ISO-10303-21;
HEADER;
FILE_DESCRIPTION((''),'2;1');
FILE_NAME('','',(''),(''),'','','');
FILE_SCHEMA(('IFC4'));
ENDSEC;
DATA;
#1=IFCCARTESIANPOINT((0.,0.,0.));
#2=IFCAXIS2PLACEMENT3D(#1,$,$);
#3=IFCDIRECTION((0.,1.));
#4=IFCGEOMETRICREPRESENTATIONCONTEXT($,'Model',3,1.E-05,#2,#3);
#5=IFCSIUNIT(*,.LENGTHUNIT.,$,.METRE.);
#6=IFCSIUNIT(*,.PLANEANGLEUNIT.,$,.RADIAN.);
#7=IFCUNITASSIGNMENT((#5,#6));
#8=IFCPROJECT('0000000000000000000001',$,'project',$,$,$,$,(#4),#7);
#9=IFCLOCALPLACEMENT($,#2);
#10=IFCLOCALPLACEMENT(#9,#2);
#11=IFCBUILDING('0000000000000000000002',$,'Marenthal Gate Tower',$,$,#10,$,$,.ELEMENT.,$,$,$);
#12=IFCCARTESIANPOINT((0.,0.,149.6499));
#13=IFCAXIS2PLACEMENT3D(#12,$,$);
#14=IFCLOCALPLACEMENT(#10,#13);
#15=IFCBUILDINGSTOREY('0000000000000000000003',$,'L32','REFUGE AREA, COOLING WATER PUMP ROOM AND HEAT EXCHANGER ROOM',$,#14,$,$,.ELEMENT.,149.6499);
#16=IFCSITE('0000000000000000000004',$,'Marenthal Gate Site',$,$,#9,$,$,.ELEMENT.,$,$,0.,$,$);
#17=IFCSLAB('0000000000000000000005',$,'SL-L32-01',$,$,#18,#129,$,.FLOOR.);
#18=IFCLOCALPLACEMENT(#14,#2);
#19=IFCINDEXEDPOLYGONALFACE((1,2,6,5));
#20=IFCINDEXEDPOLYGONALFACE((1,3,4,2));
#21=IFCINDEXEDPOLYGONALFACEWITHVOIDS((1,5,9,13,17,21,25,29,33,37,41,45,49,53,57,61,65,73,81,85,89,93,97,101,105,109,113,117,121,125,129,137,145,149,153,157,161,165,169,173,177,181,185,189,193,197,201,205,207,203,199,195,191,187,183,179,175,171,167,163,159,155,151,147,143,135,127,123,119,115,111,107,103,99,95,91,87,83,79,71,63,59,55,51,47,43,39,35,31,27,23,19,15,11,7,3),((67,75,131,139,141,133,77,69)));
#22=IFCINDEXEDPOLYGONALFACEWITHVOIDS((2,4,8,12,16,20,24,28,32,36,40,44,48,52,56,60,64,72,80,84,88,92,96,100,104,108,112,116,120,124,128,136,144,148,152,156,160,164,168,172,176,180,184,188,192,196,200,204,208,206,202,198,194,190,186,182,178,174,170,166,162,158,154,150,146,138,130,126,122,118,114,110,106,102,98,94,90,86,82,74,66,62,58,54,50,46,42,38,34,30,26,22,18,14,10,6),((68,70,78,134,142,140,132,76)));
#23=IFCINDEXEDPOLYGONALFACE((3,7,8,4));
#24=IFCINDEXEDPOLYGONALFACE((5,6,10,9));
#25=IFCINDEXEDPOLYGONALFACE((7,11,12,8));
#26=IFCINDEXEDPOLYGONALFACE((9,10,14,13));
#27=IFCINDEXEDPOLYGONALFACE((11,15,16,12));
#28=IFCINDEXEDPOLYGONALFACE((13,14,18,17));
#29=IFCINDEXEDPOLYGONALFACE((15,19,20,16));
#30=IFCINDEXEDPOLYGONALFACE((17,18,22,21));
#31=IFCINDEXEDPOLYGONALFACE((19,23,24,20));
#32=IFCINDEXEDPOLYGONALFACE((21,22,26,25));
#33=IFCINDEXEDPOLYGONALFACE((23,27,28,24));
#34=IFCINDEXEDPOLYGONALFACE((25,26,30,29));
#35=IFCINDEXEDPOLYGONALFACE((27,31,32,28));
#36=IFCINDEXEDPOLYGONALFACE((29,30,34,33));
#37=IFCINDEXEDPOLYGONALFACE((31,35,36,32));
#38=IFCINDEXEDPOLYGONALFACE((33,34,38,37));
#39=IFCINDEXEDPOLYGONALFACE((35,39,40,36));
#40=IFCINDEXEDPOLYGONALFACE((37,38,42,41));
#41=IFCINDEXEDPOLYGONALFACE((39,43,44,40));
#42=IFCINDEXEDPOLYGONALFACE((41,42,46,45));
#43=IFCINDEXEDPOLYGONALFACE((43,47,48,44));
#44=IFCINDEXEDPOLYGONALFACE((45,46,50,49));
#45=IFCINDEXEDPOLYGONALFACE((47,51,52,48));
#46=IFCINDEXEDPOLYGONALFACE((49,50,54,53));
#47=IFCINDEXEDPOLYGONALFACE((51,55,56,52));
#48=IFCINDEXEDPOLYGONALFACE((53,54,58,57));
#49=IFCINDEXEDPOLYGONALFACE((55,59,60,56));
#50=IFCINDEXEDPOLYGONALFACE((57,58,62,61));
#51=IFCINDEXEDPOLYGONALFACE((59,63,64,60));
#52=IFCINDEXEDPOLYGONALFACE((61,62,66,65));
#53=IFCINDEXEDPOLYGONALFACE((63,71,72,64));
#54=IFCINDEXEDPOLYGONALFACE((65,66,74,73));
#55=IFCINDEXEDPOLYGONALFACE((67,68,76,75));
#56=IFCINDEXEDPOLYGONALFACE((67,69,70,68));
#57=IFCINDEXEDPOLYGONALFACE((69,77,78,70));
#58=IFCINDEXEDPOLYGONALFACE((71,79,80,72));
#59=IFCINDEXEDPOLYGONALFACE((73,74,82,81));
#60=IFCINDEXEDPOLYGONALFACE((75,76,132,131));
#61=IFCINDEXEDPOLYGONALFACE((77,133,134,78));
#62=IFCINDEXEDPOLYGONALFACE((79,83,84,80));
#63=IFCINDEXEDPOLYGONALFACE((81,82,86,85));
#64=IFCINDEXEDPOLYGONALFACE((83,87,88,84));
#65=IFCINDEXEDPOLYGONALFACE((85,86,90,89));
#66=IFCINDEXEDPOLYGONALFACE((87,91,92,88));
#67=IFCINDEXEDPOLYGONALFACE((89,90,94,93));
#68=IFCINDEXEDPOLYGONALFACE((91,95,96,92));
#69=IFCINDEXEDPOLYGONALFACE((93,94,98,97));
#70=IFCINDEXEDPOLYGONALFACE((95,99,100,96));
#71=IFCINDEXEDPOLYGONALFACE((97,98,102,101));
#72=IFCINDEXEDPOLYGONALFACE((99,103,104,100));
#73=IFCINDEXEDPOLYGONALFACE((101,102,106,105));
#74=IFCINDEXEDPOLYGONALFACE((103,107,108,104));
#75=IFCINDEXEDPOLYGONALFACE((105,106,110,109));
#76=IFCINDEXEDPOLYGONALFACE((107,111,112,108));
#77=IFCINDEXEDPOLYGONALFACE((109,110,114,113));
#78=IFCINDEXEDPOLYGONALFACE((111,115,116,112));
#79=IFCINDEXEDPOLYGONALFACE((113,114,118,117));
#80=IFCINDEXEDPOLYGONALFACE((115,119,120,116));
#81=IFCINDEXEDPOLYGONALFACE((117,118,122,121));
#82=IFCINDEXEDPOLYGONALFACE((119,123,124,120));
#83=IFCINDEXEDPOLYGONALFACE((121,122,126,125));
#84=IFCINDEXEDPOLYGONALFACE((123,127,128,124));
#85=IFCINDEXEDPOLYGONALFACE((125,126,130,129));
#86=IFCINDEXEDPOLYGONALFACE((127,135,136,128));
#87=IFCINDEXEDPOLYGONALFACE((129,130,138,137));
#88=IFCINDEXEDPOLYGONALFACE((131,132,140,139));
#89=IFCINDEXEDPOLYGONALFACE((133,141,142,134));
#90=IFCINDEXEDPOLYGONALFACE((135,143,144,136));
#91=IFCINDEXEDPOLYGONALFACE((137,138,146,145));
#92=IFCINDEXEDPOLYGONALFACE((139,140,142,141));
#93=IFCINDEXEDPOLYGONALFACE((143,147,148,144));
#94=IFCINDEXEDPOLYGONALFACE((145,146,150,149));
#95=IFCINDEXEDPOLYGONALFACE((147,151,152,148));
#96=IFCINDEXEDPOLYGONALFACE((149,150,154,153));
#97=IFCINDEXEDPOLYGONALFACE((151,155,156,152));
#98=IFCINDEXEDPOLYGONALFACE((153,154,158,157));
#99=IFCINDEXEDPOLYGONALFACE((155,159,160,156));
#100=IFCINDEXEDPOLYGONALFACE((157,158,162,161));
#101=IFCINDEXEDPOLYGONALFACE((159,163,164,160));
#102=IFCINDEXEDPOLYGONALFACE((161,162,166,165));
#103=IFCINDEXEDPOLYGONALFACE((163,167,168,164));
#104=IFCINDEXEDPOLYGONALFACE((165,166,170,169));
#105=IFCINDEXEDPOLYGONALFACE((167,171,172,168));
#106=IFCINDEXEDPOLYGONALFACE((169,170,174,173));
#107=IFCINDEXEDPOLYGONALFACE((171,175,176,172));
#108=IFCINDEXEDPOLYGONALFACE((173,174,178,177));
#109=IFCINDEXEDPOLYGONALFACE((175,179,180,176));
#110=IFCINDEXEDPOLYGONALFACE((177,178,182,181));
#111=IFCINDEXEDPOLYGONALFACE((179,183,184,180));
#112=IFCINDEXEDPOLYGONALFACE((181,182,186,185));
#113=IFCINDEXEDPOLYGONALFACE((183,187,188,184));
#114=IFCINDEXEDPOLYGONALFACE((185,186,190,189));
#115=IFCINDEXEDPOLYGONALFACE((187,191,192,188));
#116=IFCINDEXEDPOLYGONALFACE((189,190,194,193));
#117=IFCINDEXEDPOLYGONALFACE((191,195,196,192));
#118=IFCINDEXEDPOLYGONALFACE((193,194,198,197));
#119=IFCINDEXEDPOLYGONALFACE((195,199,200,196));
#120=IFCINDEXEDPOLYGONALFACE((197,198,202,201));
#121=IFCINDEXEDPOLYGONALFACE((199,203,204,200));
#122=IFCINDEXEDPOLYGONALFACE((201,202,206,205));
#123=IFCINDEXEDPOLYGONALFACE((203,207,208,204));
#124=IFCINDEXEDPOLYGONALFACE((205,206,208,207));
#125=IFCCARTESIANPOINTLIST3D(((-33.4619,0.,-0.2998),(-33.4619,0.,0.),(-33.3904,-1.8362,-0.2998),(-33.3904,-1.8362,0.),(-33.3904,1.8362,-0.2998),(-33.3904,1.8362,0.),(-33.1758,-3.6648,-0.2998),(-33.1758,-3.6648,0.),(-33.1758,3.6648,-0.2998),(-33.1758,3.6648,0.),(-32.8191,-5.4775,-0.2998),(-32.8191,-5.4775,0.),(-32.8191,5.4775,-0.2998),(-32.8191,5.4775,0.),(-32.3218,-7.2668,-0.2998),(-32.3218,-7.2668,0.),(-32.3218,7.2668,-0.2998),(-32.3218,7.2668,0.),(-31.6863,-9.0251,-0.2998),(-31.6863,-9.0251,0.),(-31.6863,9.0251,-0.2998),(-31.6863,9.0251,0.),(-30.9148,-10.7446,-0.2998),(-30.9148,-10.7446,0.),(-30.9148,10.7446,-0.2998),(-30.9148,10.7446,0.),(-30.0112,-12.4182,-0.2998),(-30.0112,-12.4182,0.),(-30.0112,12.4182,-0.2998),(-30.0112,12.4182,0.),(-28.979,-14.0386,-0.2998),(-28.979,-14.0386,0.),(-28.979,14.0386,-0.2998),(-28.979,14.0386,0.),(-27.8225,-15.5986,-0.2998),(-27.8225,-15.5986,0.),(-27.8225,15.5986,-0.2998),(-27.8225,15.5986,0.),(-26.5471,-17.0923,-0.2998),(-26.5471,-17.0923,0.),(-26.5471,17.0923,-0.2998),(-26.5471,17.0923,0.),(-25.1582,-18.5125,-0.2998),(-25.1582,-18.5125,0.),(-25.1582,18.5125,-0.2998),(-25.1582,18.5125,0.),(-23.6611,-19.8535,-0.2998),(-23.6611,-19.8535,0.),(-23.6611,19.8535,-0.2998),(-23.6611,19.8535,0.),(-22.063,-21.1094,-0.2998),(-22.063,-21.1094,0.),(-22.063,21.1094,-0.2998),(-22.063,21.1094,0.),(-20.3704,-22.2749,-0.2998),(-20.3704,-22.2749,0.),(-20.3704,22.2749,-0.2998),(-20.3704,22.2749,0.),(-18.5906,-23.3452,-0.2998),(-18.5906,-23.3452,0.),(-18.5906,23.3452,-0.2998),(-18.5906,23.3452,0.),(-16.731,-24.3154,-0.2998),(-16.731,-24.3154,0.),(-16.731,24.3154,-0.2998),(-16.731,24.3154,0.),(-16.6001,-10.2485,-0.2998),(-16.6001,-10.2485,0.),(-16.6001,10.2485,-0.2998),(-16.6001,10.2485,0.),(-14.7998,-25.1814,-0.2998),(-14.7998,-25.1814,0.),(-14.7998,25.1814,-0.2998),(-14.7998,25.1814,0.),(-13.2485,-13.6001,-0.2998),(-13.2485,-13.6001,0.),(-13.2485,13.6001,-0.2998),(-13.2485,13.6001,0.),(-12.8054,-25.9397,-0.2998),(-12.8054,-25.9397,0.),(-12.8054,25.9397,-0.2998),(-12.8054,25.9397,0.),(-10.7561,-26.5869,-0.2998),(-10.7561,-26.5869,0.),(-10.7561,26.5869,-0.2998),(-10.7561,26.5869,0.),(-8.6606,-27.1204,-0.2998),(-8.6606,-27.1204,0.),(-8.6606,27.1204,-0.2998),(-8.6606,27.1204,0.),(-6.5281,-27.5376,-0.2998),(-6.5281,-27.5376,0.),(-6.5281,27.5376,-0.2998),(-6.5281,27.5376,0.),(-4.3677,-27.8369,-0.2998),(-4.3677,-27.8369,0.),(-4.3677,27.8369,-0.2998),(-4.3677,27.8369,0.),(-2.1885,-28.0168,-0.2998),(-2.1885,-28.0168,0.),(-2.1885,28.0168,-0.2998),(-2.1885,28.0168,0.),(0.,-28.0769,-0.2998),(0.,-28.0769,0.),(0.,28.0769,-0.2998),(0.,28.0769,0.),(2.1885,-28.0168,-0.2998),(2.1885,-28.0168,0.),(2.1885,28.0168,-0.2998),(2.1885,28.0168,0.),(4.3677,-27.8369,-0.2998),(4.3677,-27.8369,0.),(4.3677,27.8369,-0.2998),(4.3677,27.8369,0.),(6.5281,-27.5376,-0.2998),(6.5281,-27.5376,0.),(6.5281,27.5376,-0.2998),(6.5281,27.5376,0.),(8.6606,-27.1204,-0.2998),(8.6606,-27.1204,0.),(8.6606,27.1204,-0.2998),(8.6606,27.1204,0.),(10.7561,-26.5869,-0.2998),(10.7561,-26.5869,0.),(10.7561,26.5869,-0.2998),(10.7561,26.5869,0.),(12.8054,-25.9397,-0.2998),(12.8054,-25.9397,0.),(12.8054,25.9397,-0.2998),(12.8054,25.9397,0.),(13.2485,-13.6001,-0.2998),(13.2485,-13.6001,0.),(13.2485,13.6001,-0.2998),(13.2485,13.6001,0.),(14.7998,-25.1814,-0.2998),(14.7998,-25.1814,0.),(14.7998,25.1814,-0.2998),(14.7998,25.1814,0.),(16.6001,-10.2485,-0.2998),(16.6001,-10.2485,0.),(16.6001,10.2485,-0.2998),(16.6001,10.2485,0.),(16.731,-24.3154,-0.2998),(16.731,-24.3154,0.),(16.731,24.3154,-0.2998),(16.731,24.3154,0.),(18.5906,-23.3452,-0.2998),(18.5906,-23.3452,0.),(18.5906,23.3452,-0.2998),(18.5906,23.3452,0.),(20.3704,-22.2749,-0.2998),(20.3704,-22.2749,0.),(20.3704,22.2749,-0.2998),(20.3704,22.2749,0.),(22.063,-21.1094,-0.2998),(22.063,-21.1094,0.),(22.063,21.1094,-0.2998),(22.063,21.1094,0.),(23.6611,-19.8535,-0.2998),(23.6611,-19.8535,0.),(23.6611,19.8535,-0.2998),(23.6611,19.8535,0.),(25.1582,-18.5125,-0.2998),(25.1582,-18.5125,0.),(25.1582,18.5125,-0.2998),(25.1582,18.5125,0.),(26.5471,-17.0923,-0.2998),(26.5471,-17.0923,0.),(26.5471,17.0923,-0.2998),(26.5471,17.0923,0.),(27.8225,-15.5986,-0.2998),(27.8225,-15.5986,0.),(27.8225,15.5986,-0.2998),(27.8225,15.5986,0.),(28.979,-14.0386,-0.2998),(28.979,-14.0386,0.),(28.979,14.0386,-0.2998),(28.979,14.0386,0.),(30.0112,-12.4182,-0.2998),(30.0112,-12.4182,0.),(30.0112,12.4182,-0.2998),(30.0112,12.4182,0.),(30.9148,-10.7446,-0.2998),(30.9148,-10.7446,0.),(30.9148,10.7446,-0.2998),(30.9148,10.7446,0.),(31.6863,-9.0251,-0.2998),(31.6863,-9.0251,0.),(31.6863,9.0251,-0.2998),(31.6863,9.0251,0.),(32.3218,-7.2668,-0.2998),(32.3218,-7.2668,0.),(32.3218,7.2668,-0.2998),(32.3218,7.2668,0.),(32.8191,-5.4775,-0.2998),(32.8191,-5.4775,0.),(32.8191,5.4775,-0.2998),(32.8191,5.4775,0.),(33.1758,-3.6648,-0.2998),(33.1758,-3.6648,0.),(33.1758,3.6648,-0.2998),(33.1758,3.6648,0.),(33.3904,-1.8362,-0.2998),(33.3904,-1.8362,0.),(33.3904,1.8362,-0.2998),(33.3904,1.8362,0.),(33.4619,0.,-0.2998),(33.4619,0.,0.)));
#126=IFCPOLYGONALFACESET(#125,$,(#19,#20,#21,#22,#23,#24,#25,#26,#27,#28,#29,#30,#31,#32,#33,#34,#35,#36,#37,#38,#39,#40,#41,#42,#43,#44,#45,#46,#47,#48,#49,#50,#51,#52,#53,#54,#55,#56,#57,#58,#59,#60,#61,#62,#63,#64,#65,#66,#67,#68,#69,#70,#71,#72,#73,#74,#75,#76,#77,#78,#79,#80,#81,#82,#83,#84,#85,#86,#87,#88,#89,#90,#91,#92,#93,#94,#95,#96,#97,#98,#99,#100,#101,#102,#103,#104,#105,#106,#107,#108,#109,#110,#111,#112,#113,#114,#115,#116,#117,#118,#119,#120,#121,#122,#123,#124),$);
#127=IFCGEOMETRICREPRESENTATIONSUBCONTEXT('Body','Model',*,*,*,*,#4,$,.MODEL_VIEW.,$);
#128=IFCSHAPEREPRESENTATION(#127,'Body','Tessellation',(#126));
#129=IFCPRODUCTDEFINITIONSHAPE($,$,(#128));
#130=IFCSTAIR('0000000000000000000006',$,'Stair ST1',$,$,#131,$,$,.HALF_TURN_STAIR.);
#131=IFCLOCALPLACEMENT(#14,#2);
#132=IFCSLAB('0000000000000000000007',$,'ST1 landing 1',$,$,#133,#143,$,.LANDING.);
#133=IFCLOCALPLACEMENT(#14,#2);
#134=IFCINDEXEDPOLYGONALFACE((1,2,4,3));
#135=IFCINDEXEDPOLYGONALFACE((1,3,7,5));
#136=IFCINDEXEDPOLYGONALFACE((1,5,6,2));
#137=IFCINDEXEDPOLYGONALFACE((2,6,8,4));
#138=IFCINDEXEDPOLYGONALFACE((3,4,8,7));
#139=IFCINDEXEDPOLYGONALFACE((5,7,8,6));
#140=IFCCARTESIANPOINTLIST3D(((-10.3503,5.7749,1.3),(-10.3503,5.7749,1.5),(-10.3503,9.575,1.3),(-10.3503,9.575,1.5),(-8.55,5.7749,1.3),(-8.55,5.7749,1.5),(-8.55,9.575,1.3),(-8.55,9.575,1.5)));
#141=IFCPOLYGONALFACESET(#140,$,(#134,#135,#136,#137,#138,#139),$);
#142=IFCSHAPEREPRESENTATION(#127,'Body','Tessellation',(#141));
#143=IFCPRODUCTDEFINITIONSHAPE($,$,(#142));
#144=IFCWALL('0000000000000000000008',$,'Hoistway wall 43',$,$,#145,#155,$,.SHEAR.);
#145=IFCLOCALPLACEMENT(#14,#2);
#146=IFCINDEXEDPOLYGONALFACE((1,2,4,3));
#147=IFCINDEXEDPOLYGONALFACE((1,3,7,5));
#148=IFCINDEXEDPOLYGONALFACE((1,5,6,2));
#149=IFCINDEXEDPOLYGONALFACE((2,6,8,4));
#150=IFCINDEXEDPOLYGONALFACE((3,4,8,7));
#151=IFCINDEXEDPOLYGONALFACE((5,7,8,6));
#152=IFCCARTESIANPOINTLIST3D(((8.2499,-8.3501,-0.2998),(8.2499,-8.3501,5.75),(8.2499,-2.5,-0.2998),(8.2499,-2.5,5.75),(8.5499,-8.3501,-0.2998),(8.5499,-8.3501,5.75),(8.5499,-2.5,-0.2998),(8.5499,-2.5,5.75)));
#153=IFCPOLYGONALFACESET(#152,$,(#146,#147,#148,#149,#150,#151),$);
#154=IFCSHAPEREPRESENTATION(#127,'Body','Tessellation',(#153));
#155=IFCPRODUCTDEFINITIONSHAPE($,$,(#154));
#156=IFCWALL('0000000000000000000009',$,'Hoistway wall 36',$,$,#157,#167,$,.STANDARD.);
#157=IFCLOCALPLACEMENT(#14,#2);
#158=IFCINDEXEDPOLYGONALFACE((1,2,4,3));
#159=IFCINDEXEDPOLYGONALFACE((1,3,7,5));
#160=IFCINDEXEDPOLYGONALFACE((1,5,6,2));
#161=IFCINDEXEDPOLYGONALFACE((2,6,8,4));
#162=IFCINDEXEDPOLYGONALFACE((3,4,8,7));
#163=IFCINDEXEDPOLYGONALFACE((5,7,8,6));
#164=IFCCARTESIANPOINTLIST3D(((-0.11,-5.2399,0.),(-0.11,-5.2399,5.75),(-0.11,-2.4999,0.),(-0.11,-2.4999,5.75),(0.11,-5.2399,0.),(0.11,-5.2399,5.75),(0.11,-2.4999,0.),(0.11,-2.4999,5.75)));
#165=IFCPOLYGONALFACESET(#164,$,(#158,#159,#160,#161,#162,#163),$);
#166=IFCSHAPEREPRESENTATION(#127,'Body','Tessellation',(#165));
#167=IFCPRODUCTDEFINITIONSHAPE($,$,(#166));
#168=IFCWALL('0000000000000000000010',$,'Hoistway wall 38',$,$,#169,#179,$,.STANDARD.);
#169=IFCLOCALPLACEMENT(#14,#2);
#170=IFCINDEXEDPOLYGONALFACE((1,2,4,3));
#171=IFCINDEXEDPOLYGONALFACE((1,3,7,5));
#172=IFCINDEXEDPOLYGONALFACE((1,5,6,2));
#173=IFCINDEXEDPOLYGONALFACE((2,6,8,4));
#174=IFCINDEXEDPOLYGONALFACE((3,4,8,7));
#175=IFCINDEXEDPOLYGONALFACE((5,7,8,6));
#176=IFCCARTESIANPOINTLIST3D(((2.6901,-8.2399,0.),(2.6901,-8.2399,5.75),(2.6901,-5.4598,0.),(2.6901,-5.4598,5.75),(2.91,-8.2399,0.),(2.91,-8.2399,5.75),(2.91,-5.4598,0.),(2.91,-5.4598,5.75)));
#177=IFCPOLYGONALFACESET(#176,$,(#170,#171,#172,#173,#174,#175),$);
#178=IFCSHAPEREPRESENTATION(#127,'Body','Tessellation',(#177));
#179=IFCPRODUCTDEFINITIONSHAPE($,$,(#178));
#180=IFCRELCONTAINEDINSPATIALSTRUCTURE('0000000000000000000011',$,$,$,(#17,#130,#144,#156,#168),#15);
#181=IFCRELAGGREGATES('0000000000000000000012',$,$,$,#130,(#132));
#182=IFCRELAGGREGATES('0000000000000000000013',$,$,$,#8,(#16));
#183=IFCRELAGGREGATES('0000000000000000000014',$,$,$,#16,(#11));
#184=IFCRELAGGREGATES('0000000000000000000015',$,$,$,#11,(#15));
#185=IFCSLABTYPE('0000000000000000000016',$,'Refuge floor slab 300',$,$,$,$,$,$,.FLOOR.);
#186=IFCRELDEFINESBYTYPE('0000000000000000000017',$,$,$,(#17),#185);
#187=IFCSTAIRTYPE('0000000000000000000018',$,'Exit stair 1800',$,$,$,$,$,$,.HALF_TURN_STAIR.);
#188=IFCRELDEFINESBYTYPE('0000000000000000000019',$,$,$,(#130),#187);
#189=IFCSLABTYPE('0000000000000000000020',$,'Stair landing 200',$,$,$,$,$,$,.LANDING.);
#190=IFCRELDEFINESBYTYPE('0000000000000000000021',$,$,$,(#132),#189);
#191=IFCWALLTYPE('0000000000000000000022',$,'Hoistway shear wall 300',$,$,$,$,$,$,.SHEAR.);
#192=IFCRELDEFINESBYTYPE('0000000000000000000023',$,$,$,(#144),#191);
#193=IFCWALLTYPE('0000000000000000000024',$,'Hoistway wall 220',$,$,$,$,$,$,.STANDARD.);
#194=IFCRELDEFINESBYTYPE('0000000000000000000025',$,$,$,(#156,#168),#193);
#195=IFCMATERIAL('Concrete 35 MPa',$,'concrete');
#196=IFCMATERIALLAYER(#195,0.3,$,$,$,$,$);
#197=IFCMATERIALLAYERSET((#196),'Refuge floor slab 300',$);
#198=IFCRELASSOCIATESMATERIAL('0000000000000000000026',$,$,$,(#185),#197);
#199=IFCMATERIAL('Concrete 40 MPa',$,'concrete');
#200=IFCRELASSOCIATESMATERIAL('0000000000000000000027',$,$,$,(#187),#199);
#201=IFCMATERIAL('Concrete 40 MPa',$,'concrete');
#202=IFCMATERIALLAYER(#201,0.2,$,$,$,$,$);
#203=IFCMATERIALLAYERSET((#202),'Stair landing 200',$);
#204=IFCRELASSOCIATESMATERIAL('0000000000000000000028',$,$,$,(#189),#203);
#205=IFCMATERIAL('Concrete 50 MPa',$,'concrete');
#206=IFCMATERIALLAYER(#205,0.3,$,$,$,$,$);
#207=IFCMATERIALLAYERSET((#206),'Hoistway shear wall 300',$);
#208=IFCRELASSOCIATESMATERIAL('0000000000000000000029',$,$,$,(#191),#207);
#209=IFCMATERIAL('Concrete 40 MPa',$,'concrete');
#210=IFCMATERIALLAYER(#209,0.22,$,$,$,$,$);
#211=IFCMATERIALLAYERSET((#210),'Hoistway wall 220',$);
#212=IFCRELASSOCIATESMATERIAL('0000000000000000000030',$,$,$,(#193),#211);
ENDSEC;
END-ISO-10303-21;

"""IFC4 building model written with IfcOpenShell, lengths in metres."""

from ifc_helpers import new_model, si_unit, direction, frame, frame_2d, origin, place, context, subcontext, project, spatial, polyline, rectangle, outline, extrude, material, layer, layer_set, type_object, element, aggregate, save


model = new_model("IFC4")

# Units and contexts
model_context = context("Model", 3, precision=1e-05, world=origin(), true_north=direction((0.0, 1.0)))
body_context = subcontext(model_context, "Body", "Model", "MODEL_VIEW")
ifc_project = project(units=[si_unit("LENGTHUNIT", "METRE"), si_unit("PLANEANGLEUNIT", "RADIAN")], contexts=[model_context])

# Site, building, storey
site_placement = place(None, origin())
site = spatial("IfcSite", under=ifc_project, at=site_placement, Name="Marenthal Gate Site", CompositionType="ELEMENT", RefElevation=0.0)
building_placement = place(site_placement, origin())
building = spatial("IfcBuilding", under=site, at=building_placement, Name="Marenthal Gate Tower", CompositionType="ELEMENT")
storey_placement = place(building_placement, frame((0.0, 0.0, 149.6499)))
storey = spatial("IfcBuildingStorey", under=building, at=storey_placement, Name="L32", Description="REFUGE AREA, COOLING WATER PUMP ROOM AND HEAT EXCHANGER ROOM", CompositionType="ELEMENT", Elevation=149.6499)

# Slab
ifc_material_1 = material(Name="Concrete 35 MPa", Category="concrete")
ifc_layer_1 = layer(ifc_material_1, 0.3)
ifc_layer_set_1 = layer_set([ifc_layer_1], Name="Refuge floor slab 300")
slab_type_1 = type_object("IfcSlabType", Name="Refuge floor slab 300", PredefinedType="FLOOR", material=ifc_layer_set_1)
slab_1_placement = place(storey_placement, frame((0.0, 0.0, -0.2998)))
element("IfcSlab", 1, at=slab_1_placement, inside=storey, type_object=slab_type_1, Name="SL-L32-01", PredefinedType="FLOOR", context=body_context, shape_type="SweptSolid", body=[
    extrude(outline(polyline([(33.4619, 0.0), (33.3904, 1.8362), (33.1758, 3.6648), (32.8191, 5.4775), (32.3218, 7.2668), (31.6863, 9.0251), (30.9148, 10.7446), (30.0112, 12.4182), (28.979, 14.0386), (27.8225, 15.5986), (26.5471, 17.0923), (25.1582, 18.5125), (23.6611, 19.8535), (22.063, 21.1094), (20.3704, 22.2749), (18.5906, 23.3452), (16.731, 24.3154), (14.7998, 25.1814), (12.8054, 25.9397), (10.7561, 26.5869), (8.6606, 27.1204), (6.5281, 27.5376), (4.3677, 27.8369), (2.1885, 28.0168), (0.0, 28.0769), (-2.1885, 28.0168), (-4.3677, 27.8369), (-6.5281, 27.5376), (-8.6606, 27.1204), (-10.7561, 26.5869), (-12.8054, 25.9397), (-14.7998, 25.1814), (-16.731, 24.3154), (-18.5906, 23.3452), (-20.3704, 22.2749), (-22.063, 21.1094), (-23.6611, 19.8535), (-25.1582, 18.5125), (-26.5471, 17.0923), (-27.8225, 15.5986), (-28.979, 14.0386), (-30.0112, 12.4182), (-30.9148, 10.7446), (-31.6863, 9.0251), (-32.3218, 7.2668), (-32.8191, 5.4775), (-33.1758, 3.6648), (-33.3904, 1.8362), (-33.4619, 0.0), (-33.3904, -1.8362), (-33.1758, -3.6648), (-32.8191, -5.4775), (-32.3218, -7.2668), (-31.6863, -9.0251), (-30.9148, -10.7446), (-30.0112, -12.4182), (-28.979, -14.0386), (-27.8225, -15.5986), (-26.5471, -17.0923), (-25.1582, -18.5125), (-23.6611, -19.8535), (-22.063, -21.1094), (-20.3704, -22.2749), (-18.5906, -23.3452), (-16.731, -24.3154), (-14.7998, -25.1814), (-12.8054, -25.9397), (-10.7561, -26.5869), (-8.6606, -27.1204), (-6.5281, -27.5376), (-4.3677, -27.8369), (-2.1885, -28.0168), (0.0, -28.0769), (2.1885, -28.0168), (4.3677, -27.8369), (6.5281, -27.5376), (8.6606, -27.1204), (10.7561, -26.5869), (12.8054, -25.9397), (14.7998, -25.1814), (16.731, -24.3154), (18.5906, -23.3452), (20.3704, -22.2749), (22.063, -21.1094), (23.6611, -19.8535), (25.1582, -18.5125), (26.5471, -17.0923), (27.8225, -15.5986), (28.979, -14.0386), (30.0112, -12.4182), (30.9148, -10.7446), (31.6863, -9.0251), (32.3218, -7.2668), (32.8191, -5.4775), (33.1758, -3.6648), (33.3904, -1.8362), (33.4619, 0.0)]), holes=[polyline([(13.2485, -13.6001), (16.6001, -10.2485), (16.6001, 10.2485), (13.2485, 13.6001), (-13.2485, 13.6001), (-16.6001, 10.2485), (-16.6001, -10.2485), (-13.2485, -13.6001), (13.2485, -13.6001)])]), origin(), (0.0, 0.0, 1.0), 0.2998),
])

# Stair, slab
ifc_material_2 = material(Name="Concrete 40 MPa", Category="concrete")
stair_type = type_object("IfcStairType", Name="Exit stair 1800", PredefinedType="HALF_TURN_STAIR", material=ifc_material_2)
stair_placement = place(storey_placement, origin())
stair = element("IfcStair", 2, at=stair_placement, inside=storey, type_object=stair_type, Name="Stair ST1", PredefinedType="HALF_TURN_STAIR")
ifc_material_3 = material(Name="Concrete 40 MPa", Category="concrete")
ifc_layer_2 = layer(ifc_material_3, 0.2)
ifc_layer_set_2 = layer_set([ifc_layer_2], Name="Stair landing 200")
slab_type_2 = type_object("IfcSlabType", Name="Stair landing 200", PredefinedType="LANDING", material=ifc_layer_set_2)
slab_2_placement = place(storey_placement, frame((0.0, 0.0, 1.3)))
slab_2 = element("IfcSlab", 3, at=slab_2_placement, type_object=slab_type_2, Name="ST1 landing 1", PredefinedType="LANDING", context=body_context, shape_type="SweptSolid", body=[
    extrude(outline(polyline([(-10.3503, 5.7749), (-8.55, 5.7749), (-8.55, 9.575), (-10.3503, 9.575), (-10.3503, 5.7749)])), origin(), (0.0, 0.0, 1.0), 0.2),
])
aggregate(stair, [slab_2])

# Walls
ifc_material_4 = material(Name="Concrete 50 MPa", Category="concrete")
ifc_layer_3 = layer(ifc_material_4, 0.3)
ifc_layer_set_3 = layer_set([ifc_layer_3], Name="Hoistway shear wall 300")
wall_type_1 = type_object("IfcWallType", Name="Hoistway shear wall 300", PredefinedType="SHEAR", material=ifc_layer_set_3)
wall_1_placement = place(storey_placement, frame((8.3999, -8.3501, -0.2998), z_axis=(0.0, 0.0, 1.0), x_axis=(0.0, 1.0, 0.0)))
element("IfcWall", 4, at=wall_1_placement, inside=storey, type_object=wall_type_1, Name="Hoistway wall 43", PredefinedType="SHEAR", context=body_context, shape_type="SweptSolid", body=[
    extrude(rectangle(XDim=5.8501, YDim=0.3, at=frame_2d((2.925, 0.0))), origin(), (0.0, 0.0, 1.0), 6.0498),
])
ifc_material_5 = material(Name="Concrete 40 MPa", Category="concrete")
ifc_layer_4 = layer(ifc_material_5, 0.22)
ifc_layer_set_4 = layer_set([ifc_layer_4], Name="Hoistway wall 220")
wall_type_2 = type_object("IfcWallType", Name="Hoistway wall 220", PredefinedType="STANDARD", material=ifc_layer_set_4)
wall_2_placement = place(storey_placement, frame((0.0, -5.24, 0.0), z_axis=(0.0, 0.0, 1.0), x_axis=(0.0, 1.0, 0.0)))
element("IfcWall", 5, at=wall_2_placement, inside=storey, type_object=wall_type_2, Name="Hoistway wall 36", PredefinedType="STANDARD", context=body_context, shape_type="SweptSolid", body=[
    extrude(rectangle(XDim=2.74, YDim=0.22, at=frame_2d((1.3701, 0.0))), origin(), (0.0, 0.0, 1.0), 5.75),
])
for number, where, z_axis, x_axis, name in (
    (6, (2.8, -8.24, 0.0), (0.0, 0.0, 1.0), (0.0, 1.0, 0.0), "Hoistway wall 38"),
):
    element("IfcWall", number, at=place(storey_placement, frame(where, z_axis=z_axis, x_axis=x_axis)), inside=storey, type_object=wall_type_2, Name=name, PredefinedType="STANDARD", context=body_context, shape_type="SweptSolid", body=[
        extrude(rectangle(XDim=2.78, YDim=0.22, at=frame_2d((1.3901, 0.0))), origin(), (0.0, 0.0, 1.0), 5.75),
    ])

save(model, "model.ifc")
